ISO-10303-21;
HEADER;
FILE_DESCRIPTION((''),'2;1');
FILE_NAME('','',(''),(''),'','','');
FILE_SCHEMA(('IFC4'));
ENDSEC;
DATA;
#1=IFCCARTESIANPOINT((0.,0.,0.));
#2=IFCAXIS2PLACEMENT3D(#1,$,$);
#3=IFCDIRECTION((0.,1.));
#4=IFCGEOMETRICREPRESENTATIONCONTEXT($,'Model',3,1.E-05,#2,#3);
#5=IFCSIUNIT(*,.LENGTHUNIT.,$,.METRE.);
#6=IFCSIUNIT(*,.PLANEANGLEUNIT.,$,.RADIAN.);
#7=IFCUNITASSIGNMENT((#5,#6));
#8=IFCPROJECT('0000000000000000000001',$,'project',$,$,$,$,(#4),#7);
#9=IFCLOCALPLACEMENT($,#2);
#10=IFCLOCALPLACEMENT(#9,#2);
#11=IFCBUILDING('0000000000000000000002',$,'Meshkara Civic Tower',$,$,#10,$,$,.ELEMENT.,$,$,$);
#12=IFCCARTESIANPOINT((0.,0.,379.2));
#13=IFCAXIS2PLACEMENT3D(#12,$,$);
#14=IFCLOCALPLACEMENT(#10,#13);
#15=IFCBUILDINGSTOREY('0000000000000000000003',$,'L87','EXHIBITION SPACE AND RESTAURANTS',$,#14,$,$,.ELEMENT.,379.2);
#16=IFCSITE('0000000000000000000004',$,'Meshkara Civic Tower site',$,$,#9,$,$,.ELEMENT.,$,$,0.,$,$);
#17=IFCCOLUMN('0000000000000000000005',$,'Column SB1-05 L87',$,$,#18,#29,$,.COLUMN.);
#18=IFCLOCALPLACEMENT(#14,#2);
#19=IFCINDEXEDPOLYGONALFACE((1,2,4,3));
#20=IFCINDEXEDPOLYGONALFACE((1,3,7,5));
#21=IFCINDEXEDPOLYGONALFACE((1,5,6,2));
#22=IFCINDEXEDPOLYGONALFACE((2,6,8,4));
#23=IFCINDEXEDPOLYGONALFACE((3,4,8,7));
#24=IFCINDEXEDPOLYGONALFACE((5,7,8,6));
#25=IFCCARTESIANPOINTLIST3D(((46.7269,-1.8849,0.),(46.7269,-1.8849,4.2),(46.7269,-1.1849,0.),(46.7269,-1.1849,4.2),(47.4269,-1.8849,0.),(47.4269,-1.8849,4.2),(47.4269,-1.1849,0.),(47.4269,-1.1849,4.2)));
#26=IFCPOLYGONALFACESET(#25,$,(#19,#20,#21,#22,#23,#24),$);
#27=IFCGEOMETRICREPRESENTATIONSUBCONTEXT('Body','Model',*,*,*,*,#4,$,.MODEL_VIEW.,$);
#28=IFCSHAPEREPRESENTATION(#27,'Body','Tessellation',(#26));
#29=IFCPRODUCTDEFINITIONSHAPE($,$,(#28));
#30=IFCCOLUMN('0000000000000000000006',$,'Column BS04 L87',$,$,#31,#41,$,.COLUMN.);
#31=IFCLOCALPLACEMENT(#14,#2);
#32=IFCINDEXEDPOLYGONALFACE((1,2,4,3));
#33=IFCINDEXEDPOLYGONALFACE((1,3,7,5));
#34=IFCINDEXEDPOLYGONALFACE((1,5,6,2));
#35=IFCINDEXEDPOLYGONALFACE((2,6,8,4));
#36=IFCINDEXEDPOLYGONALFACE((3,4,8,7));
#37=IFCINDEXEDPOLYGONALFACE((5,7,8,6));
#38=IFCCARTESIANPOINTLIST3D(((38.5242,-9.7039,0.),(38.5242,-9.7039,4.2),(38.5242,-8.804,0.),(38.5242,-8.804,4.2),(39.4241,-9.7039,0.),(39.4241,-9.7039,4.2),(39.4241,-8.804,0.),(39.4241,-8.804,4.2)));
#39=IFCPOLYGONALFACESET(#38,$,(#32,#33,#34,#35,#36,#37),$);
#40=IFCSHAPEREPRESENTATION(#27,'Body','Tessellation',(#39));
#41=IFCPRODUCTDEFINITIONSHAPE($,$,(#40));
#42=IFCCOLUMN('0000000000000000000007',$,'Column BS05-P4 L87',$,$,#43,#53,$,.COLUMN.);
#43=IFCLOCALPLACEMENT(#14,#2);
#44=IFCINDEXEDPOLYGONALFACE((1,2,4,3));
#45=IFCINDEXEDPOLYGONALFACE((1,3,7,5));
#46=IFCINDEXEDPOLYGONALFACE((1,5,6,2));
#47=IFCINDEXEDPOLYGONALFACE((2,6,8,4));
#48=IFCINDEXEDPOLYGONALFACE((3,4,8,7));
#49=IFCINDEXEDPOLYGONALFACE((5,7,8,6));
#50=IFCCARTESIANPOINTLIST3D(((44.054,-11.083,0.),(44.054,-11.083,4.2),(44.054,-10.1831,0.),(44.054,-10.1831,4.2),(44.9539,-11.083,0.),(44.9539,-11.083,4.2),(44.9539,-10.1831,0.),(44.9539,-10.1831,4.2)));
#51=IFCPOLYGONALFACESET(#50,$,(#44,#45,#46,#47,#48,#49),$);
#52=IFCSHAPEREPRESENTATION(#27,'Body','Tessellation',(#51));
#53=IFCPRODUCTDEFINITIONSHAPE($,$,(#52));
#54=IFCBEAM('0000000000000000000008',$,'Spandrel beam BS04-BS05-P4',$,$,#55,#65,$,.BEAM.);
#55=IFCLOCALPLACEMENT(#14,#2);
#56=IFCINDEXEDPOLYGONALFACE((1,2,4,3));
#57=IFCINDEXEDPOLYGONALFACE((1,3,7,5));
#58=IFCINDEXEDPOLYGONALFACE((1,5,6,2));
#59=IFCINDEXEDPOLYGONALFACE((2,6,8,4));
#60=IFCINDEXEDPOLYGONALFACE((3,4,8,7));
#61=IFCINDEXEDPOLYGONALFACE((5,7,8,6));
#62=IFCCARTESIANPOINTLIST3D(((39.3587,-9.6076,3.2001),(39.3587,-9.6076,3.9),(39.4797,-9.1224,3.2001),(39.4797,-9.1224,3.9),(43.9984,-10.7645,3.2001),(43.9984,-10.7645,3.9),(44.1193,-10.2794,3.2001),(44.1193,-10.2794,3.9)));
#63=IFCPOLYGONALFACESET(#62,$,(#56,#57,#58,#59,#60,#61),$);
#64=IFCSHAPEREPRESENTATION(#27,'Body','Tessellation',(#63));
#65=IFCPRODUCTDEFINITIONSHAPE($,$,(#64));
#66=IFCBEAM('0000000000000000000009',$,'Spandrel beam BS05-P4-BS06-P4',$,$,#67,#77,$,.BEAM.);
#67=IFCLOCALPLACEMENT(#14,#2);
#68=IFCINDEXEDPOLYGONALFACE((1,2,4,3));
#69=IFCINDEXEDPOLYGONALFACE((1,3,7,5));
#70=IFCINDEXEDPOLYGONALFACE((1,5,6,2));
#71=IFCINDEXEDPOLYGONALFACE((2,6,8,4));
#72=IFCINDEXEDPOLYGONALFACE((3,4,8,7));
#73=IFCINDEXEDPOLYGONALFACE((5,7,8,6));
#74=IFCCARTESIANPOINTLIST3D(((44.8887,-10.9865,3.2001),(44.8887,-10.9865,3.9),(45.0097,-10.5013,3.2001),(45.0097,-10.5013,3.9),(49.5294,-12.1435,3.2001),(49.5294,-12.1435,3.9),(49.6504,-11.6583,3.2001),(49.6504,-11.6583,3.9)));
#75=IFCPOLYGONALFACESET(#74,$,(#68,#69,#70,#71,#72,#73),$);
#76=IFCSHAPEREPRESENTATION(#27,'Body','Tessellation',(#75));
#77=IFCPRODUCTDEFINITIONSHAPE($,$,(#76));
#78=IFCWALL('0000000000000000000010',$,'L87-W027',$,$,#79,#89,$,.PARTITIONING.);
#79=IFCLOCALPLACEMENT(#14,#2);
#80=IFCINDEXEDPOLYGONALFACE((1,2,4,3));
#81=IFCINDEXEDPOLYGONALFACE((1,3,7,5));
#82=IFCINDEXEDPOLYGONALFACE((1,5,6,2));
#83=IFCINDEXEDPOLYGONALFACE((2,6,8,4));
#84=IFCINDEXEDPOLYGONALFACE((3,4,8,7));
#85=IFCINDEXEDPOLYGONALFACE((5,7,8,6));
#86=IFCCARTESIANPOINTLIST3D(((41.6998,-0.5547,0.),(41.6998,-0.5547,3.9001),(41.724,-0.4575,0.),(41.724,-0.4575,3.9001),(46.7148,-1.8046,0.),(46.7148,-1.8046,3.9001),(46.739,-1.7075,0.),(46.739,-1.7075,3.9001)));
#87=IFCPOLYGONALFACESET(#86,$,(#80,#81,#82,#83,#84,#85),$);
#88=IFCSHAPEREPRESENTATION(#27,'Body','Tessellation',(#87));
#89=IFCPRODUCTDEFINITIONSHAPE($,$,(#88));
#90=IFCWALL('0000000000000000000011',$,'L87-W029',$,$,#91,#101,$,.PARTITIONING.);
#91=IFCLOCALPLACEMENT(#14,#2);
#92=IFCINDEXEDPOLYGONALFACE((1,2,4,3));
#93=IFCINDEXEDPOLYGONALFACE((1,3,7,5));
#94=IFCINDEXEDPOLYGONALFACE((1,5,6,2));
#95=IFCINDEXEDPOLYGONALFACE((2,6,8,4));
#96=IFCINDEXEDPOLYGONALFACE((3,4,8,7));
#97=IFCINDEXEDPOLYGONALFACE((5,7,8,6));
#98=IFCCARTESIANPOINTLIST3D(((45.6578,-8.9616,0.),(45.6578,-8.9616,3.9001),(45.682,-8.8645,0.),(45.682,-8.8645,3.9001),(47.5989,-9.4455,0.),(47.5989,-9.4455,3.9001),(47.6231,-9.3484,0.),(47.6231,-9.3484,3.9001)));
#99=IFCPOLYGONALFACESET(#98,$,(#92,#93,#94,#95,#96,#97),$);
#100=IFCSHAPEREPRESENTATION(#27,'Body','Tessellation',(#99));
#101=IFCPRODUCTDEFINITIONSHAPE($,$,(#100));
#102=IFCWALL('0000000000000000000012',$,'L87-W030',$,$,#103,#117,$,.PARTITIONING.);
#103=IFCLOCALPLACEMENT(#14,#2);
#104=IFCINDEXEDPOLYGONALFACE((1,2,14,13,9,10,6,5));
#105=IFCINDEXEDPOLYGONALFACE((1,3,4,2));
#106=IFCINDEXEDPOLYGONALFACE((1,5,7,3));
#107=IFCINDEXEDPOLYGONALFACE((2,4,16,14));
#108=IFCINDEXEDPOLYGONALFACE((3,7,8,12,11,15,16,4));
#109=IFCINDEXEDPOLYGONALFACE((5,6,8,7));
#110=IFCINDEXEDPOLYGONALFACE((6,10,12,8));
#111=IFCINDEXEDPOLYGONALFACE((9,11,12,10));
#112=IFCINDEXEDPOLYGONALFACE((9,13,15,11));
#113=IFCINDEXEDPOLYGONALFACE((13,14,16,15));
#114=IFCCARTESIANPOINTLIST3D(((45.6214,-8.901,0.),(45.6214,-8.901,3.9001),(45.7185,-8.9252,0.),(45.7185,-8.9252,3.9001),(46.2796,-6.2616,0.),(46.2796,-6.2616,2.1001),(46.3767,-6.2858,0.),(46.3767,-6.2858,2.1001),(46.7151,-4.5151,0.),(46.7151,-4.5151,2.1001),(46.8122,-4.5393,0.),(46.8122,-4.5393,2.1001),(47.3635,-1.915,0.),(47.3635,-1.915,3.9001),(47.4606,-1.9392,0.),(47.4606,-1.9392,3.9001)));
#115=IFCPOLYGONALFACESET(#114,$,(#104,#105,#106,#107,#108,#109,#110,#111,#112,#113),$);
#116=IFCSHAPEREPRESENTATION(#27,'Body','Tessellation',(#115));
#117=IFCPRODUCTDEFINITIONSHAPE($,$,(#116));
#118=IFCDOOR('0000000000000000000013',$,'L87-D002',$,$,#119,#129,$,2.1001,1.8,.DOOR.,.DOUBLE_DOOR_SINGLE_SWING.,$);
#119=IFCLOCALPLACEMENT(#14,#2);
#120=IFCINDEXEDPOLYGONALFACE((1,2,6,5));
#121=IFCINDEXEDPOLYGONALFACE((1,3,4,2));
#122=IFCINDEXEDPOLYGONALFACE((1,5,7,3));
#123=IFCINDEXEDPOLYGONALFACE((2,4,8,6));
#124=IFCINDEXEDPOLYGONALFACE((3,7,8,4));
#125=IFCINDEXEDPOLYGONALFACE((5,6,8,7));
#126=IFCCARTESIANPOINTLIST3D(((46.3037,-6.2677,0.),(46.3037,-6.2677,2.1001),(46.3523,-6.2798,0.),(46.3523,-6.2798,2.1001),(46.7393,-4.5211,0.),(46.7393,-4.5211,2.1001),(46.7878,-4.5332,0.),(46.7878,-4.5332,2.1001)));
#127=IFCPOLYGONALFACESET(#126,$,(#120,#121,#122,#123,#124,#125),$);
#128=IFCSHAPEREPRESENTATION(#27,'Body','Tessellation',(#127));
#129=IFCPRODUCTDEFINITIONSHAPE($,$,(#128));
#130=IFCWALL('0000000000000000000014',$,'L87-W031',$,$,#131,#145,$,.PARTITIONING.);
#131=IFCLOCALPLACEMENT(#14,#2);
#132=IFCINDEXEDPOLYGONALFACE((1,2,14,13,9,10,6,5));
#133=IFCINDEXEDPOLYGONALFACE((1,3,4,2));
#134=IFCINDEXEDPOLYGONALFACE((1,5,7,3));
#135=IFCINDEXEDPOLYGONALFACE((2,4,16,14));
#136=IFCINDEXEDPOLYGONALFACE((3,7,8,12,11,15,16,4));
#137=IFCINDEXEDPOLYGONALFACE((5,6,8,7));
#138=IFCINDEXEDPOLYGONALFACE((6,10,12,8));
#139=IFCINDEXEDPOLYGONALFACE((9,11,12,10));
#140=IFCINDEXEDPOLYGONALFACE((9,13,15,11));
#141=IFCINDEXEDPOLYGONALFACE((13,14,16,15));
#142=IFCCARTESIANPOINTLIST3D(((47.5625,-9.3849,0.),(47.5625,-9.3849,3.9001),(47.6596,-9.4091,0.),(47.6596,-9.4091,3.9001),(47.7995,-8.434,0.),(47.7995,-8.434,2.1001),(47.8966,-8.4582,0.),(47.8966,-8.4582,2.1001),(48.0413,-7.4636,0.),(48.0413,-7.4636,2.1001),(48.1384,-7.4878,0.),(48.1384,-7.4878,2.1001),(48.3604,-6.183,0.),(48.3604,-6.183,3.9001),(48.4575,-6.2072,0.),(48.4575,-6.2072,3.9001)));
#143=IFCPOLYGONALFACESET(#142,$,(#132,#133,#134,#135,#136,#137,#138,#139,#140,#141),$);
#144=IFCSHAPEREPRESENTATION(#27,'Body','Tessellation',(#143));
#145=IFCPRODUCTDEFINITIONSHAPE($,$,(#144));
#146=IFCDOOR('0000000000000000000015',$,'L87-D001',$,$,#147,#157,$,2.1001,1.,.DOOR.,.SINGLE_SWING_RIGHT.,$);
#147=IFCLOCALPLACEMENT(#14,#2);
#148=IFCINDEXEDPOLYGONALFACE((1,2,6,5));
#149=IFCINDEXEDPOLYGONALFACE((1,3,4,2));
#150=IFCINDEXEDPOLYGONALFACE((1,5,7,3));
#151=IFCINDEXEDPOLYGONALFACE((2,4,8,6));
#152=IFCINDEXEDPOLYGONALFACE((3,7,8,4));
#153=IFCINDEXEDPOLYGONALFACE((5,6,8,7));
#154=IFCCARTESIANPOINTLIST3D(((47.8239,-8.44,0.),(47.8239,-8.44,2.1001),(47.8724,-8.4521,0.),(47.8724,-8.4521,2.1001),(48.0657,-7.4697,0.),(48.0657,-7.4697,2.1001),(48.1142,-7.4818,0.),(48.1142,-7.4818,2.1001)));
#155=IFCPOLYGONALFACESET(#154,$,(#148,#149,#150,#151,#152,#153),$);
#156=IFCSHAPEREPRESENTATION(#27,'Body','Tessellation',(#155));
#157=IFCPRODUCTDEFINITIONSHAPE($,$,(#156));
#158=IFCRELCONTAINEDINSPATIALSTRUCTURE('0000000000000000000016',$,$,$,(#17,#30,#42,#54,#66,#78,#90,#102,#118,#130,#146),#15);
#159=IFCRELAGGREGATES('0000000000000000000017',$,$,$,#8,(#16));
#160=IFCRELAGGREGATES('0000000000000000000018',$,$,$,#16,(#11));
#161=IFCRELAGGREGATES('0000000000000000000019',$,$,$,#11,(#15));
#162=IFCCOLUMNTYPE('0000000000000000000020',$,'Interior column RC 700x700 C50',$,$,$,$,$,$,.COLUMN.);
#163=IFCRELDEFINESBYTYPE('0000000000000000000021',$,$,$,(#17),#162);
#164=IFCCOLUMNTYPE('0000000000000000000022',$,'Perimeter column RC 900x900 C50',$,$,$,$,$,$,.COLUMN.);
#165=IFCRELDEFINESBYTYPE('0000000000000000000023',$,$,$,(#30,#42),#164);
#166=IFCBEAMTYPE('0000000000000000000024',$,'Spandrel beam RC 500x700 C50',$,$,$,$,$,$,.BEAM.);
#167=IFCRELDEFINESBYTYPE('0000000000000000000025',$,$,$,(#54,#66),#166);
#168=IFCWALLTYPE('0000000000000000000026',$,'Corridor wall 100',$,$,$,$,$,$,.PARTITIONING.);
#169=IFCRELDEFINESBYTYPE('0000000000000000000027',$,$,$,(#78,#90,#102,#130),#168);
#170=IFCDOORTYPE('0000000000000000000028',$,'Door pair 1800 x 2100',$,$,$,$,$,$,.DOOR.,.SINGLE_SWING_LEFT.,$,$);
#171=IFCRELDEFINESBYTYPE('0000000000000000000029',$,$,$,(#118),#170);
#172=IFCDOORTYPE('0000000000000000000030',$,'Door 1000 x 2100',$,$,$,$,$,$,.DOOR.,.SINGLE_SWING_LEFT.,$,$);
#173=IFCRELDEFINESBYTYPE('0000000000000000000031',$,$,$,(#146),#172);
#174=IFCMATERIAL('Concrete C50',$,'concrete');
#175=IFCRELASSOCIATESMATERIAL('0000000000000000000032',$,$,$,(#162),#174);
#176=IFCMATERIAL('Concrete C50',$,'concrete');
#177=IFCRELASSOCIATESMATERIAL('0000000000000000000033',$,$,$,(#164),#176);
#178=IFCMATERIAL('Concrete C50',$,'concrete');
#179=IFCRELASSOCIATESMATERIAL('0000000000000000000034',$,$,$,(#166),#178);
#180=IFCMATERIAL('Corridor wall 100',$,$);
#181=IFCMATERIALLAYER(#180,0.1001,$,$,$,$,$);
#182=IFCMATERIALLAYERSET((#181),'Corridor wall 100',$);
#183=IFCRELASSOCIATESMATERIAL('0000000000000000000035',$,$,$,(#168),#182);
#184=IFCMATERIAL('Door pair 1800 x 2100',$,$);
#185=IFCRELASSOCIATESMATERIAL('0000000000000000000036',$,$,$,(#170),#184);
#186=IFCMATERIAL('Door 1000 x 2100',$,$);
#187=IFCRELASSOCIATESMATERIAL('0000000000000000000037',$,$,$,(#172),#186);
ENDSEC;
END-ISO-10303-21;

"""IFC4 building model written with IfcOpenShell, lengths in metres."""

from ifc_helpers import new_model, si_unit, direction, frame, frame_2d, origin, origin_2d, place, context, subcontext, project, spatial, rectangle, extrude, material, layer, layer_set, material_profile, profile_set, type_object, element, fill, save


model = new_model("IFC4")

# Units and contexts
model_context = context("Model", 3, precision=1e-05, world=origin(), true_north=direction((0.0, 1.0)))
body_context = subcontext(model_context, "Body", "Model", "MODEL_VIEW")
ifc_project = project(units=[si_unit("LENGTHUNIT", "METRE"), si_unit("PLANEANGLEUNIT", "RADIAN")], contexts=[model_context])

# Site, building, storey
site_placement = place(None, origin())
site = spatial("IfcSite", under=ifc_project, at=site_placement, Name="Meshkara Civic Tower site", CompositionType="ELEMENT", RefElevation=0.0)
building_placement = place(site_placement, origin())
building = spatial("IfcBuilding", under=site, at=building_placement, Name="Meshkara Civic Tower", CompositionType="ELEMENT")
storey_placement = place(building_placement, frame((0.0, 0.0, 379.2)))
storey = spatial("IfcBuildingStorey", under=building, at=storey_placement, Name="L87", Description="EXHIBITION SPACE AND RESTAURANTS", CompositionType="ELEMENT", Elevation=379.2)

# Columns
ifc_material_1 = material(Name="Concrete C50", Category="concrete")
ifc_material_profile_1 = material_profile(ifc_material_1, rectangle(XDim=0.7, YDim=0.7, at=origin_2d()))
ifc_profile_set_1 = profile_set([ifc_material_profile_1], Name="Concrete C50")
column_type_1 = type_object("IfcColumnType", Name="Interior column RC 700x700 C50", PredefinedType="COLUMN", material=ifc_profile_set_1)
column_placement = place(storey_placement, frame((47.0769, -1.5349, 0.0), z_axis=(0.0, 0.0, 1.0), x_axis=(1.0, 0.0, 0.0)))
element("IfcColumn", 1, at=column_placement, inside=storey, type_object=column_type_1, Name="Column SB1-05 L87", PredefinedType="COLUMN", context=body_context, shape_type="SweptSolid", body=[
    extrude(rectangle(XDim=0.7, YDim=0.7, at=origin_2d()), origin(), (0.0, 0.0, 1.0), 4.2),
])
ifc_material_2 = material(Name="Concrete C50", Category="concrete")
ifc_material_profile_2 = material_profile(ifc_material_2, rectangle(XDim=0.8999, YDim=0.8999, at=origin_2d()))
ifc_profile_set_2 = profile_set([ifc_material_profile_2], Name="Concrete C50")
column_type_2 = type_object("IfcColumnType", Name="Perimeter column RC 900x900 C50", PredefinedType="COLUMN", material=ifc_profile_set_2)
for number, where, z_axis, x_axis, name in (
    (2, (38.9741, -9.2539, 0.0), (0.0, 0.0, 1.0), (1.0, 0.0, 0.0), "Column BS04 L87"),
    (3, (44.5039, -10.6331, 0.0), (0.0, 0.0, 1.0), (1.0, 0.0, 0.0), "Column BS05-P4 L87"),
):
    element("IfcColumn", number, at=place(storey_placement, frame(where, z_axis=z_axis, x_axis=x_axis)), inside=storey, type_object=column_type_2, Name=name, PredefinedType="COLUMN", context=body_context, shape_type="SweptSolid", body=[
        extrude(rectangle(XDim=0.8999, YDim=0.8999, at=origin_2d()), origin(), (0.0, 0.0, 1.0), 4.2),
    ])

# Beams
ifc_material_3 = material(Name="Concrete C50", Category="concrete")
ifc_material_profile_3 = material_profile(ifc_material_3, rectangle(XDim=0.5, YDim=0.7, at=origin_2d()))
ifc_profile_set_3 = profile_set([ifc_material_profile_3], Name="Concrete C50")
beam_type = type_object("IfcBeamType", Name="Spandrel beam RC 500x700 C50", PredefinedType="BEAM", material=ifc_profile_set_3)
beam_1_placement = place(storey_placement, frame((39.4192, -9.365, 3.55), z_axis=(0.970286, -0.241959, 0.0), x_axis=(0.241959, 0.970286, 0.0)))
element("IfcBeam", 4, at=beam_1_placement, inside=storey, type_object=beam_type, Name="Spandrel beam BS04-BS05-P4", PredefinedType="BEAM", context=body_context, shape_type="SweptSolid", body=[
    extrude(rectangle(XDim=0.5, YDim=0.7, at=origin_2d()), origin(), (0.0, 0.0, 1.0), 4.7817),
])
beam_2_placement = place(storey_placement, frame((44.9492, -10.7439, 3.55), z_axis=(0.970298, -0.241911, 0.0), x_axis=(0.241911, 0.970298, 0.0)))
element("IfcBeam", 5, at=beam_2_placement, inside=storey, type_object=beam_type, Name="Spandrel beam BS05-P4-BS06-P4", PredefinedType="BEAM", context=body_context, shape_type="SweptSolid", body=[
    extrude(rectangle(XDim=0.5, YDim=0.7, at=origin_2d()), origin(), (0.0, 0.0, 1.0), 4.7827),
])

# Walls
ifc_material_4 = material(Name="Corridor wall 100")
ifc_layer_1 = layer(ifc_material_4, 0.1001)
ifc_layer_set_1 = layer_set([ifc_layer_1], Name="Corridor wall 100")
wall_type_1 = type_object("IfcWallType", Name="Corridor wall 100", PredefinedType="PARTITIONING", material=ifc_layer_set_1)
wall_1_placement = place(storey_placement, frame((41.7119, -0.5061, 0.0), z_axis=(0.0, 0.0, 1.0), x_axis=(0.970315, -0.241846, 0.0)))
element("IfcWall", 6, at=wall_1_placement, inside=storey, type_object=wall_type_1, Name="L87-W027", PredefinedType="PARTITIONING", context=body_context, shape_type="SweptSolid", body=[
    extrude(rectangle(XDim=5.1685, YDim=0.1001, at=frame_2d((2.5842, 0.0))), origin(), (0.0, 0.0, 1.0), 3.9001),
])
wall_2_placement = place(storey_placement, frame((45.6699, -8.9131, 0.0), z_axis=(0.0, 0.0, 1.0), x_axis=(0.970307, -0.241875, 0.0)))
element("IfcWall", 7, at=wall_2_placement, inside=storey, type_object=wall_type_1, Name="L87-W029", PredefinedType="PARTITIONING", context=body_context, shape_type="SweptSolid", body=[
    extrude(rectangle(XDim=2.0005, YDim=0.1001, at=frame_2d((1.0002, 0.0))), origin(), (0.0, 0.0, 1.0), 3.9001),
])

# Walls, openings, doors
wall_3_placement = place(storey_placement, frame((47.4121, -1.927, 0.0), z_axis=(0.0, 0.0, 1.0), x_axis=(-0.241969, -0.970284, 0.0)))
wall_3 = element("IfcWall", 8, at=wall_3_placement, inside=storey, type_object=wall_type_1, Name="L87-W030", PredefinedType="PARTITIONING", context=body_context, shape_type="SweptSolid", body=[
    extrude(rectangle(XDim=7.2, YDim=0.1001, at=frame_2d((3.6001, 0.0))), origin(), (0.0, 0.0, 1.0), 3.9001),
])
opening_1_placement = place(wall_3_placement, frame((2.6799, 0.0, 0.0)))
opening_1 = element("IfcOpeningElement", 9, at=opening_1_placement, cuts=wall_3, PredefinedType="OPENING", context=body_context, shape_type="SweptSolid", body=[
    extrude(rectangle(XDim=1.8, YDim=2.1001, at=frame_2d((0.8999, 1.05))), frame((0.0, 0.0601, 0.0), z_axis=(0.0, -1.0, 0.0), x_axis=(1.0, 0.0, 0.0)), (0.0, 0.0, 1.0), 0.1201),
])
ifc_material_5 = material(Name="Door pair 1800 x 2100")
door_type_1 = type_object("IfcDoorType", Name="Door pair 1800 x 2100", OperationType="SINGLE_SWING_LEFT", PredefinedType="DOOR", material=ifc_material_5)
door_1_placement = place(opening_1_placement, origin())
door_1 = element("IfcDoor", 10, at=door_1_placement, inside=storey, type_object=door_type_1, Name="L87-D002", OperationType="DOUBLE_DOOR_SINGLE_SWING", OverallHeight=2.1001, OverallWidth=1.8, PredefinedType="DOOR", context=body_context, shape_type="SweptSolid", body=[
    extrude(rectangle(XDim=1.8, YDim=2.1001, at=frame_2d((0.8999, 1.05))), frame((0.0, 0.0249, 0.0), z_axis=(0.0, -1.0, 0.0), x_axis=(1.0, 0.0, 0.0)), (0.0, 0.0, 1.0), 0.05),
])
fill(opening_1, door_1)
wall_4_placement = place(storey_placement, frame((47.6111, -9.397, 0.0), z_axis=(0.0, 0.0, 1.0), x_axis=(0.241787, 0.970329, 0.0)))
wall_4 = element("IfcWall", 11, at=wall_4_placement, inside=storey, type_object=wall_type_1, Name="L87-W031", PredefinedType="PARTITIONING", context=body_context, shape_type="SweptSolid", body=[
    extrude(rectangle(XDim=3.2998, YDim=0.1001, at=frame_2d((1.6499, 0.0))), origin(), (0.0, 0.0, 1.0), 3.9001),
])
opening_2_placement = place(wall_4_placement, frame((0.98, 0.0, 0.0)))
opening_2 = element("IfcOpeningElement", 12, at=opening_2_placement, cuts=wall_4, PredefinedType="OPENING", context=body_context, shape_type="SweptSolid", body=[
    extrude(rectangle(XDim=1.0, YDim=2.1001, at=frame_2d((0.5, 1.05))), frame((0.0, 0.0601, 0.0), z_axis=(0.0, -1.0, 0.0), x_axis=(1.0, 0.0, 0.0)), (0.0, 0.0, 1.0), 0.1201),
])
ifc_material_6 = material(Name="Door 1000 x 2100")
door_type_2 = type_object("IfcDoorType", Name="Door 1000 x 2100", OperationType="SINGLE_SWING_LEFT", PredefinedType="DOOR", material=ifc_material_6)
door_2_placement = place(opening_2_placement, origin())
door_2 = element("IfcDoor", 13, at=door_2_placement, inside=storey, type_object=door_type_2, Name="L87-D001", OperationType="SINGLE_SWING_RIGHT", OverallHeight=2.1001, OverallWidth=1.0, PredefinedType="DOOR", context=body_context, shape_type="SweptSolid", body=[
    extrude(rectangle(XDim=1.0, YDim=2.1001, at=frame_2d((0.5, 1.05))), frame((0.0, 0.0249, 0.0), z_axis=(0.0, -1.0, 0.0), x_axis=(1.0, 0.0, 0.0)), (0.0, 0.0, 1.0), 0.05),
])
fill(opening_2, door_2)

save(model, "model.ifc")
